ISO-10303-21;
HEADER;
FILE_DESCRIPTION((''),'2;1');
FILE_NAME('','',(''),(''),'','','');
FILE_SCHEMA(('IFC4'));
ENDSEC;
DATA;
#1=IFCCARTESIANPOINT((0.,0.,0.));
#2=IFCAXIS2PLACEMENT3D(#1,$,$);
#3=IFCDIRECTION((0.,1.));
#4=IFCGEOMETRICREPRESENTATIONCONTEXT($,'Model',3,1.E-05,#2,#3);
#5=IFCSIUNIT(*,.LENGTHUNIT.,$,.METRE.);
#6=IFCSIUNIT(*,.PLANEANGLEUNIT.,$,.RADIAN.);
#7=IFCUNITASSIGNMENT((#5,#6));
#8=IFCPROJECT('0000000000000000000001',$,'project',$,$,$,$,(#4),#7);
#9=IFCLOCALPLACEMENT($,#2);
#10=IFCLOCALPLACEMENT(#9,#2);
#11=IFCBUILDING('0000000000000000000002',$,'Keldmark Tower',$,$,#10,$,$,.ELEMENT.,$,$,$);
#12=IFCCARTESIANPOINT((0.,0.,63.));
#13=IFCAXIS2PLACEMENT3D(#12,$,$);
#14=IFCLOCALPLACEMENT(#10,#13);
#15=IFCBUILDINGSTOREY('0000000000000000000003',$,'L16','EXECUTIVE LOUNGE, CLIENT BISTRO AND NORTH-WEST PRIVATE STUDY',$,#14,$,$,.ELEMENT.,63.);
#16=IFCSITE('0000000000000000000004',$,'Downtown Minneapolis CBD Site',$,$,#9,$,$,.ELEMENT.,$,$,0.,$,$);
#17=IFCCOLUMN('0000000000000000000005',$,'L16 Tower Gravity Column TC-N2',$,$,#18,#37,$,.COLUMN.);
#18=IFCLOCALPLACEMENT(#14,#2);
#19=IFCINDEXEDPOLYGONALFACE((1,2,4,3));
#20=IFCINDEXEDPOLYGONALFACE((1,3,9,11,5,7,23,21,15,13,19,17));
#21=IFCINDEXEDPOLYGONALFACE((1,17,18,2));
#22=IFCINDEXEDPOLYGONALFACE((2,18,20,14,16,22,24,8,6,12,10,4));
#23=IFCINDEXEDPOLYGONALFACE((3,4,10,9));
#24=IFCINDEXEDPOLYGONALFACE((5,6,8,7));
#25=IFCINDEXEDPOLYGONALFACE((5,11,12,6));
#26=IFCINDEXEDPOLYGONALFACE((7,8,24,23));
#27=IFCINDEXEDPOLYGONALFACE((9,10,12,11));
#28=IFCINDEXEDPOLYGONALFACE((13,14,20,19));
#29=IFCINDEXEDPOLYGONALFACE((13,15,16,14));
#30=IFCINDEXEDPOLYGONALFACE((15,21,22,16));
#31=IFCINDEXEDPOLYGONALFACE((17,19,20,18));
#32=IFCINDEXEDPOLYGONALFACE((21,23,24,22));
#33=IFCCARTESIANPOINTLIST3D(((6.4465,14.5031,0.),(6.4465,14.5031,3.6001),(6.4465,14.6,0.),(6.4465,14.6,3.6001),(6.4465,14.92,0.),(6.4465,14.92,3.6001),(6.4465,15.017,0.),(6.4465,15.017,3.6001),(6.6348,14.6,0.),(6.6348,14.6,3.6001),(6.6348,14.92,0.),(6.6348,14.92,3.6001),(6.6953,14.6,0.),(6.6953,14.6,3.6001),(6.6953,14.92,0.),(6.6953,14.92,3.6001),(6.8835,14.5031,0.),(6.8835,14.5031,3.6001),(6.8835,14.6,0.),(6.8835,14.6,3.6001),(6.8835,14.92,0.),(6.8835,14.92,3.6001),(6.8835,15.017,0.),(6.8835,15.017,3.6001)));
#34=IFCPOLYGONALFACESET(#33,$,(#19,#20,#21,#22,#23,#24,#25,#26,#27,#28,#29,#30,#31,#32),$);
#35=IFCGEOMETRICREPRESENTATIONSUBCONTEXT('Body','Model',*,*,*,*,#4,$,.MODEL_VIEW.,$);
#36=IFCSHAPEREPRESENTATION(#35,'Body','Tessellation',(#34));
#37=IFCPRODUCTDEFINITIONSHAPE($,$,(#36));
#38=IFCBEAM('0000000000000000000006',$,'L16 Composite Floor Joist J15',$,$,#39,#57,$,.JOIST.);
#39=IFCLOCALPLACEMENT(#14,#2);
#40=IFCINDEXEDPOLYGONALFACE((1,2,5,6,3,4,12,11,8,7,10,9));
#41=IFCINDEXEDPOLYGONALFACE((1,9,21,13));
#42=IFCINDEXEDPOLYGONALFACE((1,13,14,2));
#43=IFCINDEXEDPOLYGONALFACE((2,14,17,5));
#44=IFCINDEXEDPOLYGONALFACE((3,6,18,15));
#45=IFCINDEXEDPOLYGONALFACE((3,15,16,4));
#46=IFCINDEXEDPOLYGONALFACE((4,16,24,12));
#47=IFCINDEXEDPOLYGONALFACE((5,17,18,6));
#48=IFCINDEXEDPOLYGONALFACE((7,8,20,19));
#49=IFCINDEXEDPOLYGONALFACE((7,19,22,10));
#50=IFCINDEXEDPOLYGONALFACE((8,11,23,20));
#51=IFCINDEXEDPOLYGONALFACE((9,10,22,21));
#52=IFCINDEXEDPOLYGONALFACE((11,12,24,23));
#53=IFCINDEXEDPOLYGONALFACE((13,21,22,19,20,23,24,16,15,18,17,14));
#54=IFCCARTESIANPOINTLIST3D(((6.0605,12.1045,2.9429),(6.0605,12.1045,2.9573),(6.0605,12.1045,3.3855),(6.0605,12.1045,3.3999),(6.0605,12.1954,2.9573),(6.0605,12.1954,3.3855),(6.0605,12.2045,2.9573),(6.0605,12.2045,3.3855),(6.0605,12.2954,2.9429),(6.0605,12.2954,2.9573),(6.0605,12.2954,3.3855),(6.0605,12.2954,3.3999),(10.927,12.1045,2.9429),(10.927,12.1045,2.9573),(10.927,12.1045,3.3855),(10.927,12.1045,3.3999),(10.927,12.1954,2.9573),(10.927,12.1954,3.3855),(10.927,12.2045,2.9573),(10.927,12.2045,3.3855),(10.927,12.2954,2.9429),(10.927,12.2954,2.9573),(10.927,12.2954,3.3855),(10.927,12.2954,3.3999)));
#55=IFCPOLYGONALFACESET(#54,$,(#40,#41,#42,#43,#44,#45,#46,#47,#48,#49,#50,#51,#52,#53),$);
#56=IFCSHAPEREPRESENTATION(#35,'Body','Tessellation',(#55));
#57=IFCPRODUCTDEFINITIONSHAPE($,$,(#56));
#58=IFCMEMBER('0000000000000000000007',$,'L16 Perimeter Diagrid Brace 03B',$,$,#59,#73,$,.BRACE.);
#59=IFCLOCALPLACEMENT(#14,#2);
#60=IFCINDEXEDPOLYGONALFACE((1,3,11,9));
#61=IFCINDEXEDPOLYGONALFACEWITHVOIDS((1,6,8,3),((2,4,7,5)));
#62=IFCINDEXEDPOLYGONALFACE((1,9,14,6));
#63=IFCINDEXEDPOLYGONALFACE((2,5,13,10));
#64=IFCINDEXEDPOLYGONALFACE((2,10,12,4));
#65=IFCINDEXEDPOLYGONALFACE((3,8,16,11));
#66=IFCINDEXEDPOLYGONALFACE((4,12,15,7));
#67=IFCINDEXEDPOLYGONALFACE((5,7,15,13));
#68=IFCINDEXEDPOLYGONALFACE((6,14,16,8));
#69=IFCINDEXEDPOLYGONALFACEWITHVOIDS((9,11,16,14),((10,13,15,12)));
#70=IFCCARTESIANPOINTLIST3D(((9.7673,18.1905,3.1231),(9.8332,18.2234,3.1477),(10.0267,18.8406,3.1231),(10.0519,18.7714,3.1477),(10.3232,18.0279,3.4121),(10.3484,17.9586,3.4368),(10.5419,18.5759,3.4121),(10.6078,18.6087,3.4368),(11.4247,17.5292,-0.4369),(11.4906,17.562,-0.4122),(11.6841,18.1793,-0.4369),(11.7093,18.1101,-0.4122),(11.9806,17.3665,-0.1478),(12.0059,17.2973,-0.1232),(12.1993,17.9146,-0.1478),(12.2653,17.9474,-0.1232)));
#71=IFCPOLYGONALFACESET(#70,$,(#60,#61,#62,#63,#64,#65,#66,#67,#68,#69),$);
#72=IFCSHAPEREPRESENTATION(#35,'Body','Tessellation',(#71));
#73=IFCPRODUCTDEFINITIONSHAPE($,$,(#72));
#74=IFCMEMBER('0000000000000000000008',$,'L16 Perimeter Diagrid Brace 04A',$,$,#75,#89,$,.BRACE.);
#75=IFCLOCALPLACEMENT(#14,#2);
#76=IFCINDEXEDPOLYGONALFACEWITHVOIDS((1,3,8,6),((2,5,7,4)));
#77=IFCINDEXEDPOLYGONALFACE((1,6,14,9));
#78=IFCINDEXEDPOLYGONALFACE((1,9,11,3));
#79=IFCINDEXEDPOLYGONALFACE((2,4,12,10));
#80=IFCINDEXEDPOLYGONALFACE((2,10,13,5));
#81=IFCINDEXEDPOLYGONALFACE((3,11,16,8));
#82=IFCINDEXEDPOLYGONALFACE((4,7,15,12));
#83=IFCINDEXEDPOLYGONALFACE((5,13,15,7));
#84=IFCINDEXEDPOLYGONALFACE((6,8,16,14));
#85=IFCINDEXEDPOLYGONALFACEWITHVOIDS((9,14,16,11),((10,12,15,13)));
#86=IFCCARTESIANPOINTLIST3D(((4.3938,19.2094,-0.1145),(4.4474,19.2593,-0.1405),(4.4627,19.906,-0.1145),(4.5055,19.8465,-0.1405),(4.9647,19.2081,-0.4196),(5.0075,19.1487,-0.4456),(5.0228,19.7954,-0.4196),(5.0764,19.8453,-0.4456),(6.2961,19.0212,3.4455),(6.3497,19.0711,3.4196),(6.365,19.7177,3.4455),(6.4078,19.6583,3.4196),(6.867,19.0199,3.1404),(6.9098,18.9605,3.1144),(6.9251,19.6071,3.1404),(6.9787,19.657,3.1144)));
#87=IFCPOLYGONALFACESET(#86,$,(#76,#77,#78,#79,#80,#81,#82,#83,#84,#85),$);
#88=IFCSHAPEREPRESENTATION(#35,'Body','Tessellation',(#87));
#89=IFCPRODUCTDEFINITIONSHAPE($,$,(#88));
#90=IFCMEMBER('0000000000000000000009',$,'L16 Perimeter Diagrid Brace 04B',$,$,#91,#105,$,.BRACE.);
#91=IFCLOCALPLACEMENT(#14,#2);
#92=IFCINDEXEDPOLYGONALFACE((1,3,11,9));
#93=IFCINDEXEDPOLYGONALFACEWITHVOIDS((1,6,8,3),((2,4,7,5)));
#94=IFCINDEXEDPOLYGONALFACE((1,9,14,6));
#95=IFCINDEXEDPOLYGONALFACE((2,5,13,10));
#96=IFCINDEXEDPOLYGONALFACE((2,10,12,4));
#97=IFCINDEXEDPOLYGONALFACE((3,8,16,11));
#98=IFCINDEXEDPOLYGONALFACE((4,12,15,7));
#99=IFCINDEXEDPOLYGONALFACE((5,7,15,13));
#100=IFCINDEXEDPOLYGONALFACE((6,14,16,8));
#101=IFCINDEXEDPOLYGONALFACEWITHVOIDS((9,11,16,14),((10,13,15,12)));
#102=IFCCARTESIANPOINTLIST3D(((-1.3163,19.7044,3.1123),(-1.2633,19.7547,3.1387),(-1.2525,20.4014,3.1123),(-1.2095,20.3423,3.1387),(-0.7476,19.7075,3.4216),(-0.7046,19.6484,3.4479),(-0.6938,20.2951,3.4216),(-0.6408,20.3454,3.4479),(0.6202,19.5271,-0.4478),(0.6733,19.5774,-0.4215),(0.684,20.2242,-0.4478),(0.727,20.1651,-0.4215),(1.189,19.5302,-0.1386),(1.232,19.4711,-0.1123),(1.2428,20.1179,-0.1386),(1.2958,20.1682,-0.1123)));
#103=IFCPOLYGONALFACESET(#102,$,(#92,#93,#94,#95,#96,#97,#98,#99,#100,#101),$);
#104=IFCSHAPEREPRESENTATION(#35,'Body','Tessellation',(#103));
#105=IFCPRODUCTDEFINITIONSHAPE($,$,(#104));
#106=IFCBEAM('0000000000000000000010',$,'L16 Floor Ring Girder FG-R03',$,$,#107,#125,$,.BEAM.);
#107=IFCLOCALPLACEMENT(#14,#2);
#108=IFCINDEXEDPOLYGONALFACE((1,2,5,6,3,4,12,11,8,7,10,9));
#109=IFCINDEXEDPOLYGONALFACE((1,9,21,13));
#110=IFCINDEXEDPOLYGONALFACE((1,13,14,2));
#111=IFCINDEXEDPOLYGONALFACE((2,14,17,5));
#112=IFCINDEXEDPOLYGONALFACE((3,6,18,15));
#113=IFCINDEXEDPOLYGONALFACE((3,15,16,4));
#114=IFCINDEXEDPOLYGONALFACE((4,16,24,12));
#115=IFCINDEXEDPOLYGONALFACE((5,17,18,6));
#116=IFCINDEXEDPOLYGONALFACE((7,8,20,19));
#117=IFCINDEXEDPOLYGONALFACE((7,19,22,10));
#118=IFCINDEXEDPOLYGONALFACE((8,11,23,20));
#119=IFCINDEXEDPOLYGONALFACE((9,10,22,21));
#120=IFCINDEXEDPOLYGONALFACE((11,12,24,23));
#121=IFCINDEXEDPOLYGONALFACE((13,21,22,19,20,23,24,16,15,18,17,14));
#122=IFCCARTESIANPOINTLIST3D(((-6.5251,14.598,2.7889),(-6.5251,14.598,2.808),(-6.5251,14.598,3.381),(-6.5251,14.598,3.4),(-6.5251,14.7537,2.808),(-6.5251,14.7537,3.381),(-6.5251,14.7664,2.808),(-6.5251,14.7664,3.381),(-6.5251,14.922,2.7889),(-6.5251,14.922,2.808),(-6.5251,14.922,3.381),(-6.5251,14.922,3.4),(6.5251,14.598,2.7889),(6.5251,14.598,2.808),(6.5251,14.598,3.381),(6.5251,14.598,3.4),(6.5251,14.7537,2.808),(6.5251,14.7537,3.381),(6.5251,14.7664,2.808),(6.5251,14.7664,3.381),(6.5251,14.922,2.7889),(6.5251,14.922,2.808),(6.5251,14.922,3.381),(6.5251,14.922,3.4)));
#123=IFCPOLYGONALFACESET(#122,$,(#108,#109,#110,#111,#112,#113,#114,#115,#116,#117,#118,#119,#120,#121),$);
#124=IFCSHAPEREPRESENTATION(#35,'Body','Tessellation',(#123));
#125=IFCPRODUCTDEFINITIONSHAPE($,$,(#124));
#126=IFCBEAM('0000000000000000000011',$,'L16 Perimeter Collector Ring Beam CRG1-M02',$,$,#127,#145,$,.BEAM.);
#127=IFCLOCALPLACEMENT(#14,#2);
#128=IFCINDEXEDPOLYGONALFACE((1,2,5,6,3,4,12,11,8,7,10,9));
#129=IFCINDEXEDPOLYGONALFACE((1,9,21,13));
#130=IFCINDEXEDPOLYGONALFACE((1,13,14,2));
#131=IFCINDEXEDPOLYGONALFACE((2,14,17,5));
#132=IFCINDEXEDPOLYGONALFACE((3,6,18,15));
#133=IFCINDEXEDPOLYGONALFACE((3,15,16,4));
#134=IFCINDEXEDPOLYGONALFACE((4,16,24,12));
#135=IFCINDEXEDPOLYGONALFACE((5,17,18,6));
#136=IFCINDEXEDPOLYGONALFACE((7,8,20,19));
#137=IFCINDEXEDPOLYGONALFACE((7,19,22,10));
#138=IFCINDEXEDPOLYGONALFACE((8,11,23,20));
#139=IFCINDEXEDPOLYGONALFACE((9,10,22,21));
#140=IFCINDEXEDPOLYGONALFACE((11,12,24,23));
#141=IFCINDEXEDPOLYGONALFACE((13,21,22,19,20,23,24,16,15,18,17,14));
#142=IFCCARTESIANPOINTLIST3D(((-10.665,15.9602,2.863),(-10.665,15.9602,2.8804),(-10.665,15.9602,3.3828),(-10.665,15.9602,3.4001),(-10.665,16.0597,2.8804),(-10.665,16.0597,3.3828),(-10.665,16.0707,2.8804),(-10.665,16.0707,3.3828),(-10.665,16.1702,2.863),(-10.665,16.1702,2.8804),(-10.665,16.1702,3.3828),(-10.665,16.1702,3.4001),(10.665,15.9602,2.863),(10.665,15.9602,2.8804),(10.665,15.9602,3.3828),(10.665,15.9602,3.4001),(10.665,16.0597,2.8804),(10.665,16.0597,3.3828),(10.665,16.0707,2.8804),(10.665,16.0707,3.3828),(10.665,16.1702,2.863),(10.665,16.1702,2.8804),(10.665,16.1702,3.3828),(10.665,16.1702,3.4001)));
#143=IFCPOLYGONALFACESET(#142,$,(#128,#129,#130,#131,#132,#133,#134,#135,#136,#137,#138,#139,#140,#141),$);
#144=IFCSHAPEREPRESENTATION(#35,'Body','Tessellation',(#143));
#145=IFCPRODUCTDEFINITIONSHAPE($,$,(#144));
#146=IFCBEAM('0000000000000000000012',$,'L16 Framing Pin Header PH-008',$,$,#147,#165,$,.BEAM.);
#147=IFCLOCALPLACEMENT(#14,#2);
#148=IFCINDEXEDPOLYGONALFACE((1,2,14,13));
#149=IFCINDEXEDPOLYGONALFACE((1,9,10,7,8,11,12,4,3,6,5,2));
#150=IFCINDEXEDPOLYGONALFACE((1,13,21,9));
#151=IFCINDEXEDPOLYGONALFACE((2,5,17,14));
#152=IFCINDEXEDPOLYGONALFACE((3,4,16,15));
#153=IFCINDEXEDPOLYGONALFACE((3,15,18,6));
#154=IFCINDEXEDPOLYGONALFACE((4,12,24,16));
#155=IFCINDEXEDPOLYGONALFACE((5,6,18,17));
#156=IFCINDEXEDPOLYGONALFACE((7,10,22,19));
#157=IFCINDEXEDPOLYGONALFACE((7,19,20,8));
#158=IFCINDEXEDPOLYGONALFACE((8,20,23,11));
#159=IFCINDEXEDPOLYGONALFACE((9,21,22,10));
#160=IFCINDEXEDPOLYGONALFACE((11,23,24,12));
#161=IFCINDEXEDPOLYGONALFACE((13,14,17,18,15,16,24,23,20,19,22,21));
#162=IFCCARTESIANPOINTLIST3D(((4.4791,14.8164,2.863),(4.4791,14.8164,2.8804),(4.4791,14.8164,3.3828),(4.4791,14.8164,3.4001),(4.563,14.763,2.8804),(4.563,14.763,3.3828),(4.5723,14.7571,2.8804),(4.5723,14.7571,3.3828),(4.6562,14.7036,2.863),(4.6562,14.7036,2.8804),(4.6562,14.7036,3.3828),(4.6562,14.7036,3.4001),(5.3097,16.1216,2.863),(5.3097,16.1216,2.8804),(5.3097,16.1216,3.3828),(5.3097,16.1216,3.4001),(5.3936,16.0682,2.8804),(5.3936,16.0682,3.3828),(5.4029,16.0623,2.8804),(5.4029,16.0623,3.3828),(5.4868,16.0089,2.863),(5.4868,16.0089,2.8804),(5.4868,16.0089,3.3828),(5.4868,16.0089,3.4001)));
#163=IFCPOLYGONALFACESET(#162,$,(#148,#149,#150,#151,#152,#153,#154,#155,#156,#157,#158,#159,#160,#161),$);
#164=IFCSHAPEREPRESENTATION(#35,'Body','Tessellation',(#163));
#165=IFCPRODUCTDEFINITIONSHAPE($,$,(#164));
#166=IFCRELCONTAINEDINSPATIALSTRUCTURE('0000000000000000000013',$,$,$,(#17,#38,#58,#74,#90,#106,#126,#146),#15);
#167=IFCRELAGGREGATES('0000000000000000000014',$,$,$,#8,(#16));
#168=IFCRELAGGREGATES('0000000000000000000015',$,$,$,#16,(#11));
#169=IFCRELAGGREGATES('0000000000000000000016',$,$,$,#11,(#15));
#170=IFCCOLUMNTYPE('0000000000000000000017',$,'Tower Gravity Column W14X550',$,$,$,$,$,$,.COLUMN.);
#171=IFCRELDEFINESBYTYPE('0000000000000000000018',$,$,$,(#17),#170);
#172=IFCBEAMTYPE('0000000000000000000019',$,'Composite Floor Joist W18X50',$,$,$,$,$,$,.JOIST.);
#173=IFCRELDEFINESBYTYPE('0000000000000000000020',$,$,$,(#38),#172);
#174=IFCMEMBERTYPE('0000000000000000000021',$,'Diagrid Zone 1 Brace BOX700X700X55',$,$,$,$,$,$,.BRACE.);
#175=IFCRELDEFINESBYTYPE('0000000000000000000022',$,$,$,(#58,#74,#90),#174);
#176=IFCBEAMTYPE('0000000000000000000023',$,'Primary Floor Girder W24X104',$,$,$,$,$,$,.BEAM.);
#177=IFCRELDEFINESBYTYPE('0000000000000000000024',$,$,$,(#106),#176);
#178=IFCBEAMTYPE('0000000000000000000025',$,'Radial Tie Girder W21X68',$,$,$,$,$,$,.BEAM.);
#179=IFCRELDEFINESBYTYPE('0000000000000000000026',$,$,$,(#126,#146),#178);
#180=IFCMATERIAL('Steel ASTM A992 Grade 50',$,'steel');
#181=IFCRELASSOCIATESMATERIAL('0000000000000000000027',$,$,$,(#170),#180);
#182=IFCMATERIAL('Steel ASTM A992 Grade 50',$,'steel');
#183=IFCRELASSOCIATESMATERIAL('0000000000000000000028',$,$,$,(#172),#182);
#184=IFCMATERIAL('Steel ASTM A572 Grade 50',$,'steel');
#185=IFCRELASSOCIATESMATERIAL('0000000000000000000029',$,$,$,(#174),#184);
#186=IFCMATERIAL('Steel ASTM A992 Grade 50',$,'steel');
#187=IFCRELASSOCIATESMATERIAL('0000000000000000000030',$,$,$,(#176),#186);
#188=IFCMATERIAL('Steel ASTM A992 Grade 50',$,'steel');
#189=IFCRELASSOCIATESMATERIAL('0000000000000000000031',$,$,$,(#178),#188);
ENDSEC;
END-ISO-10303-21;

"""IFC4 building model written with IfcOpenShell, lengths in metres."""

from ifc_helpers import new_model, si_unit, direction, frame, origin, origin_2d, place, context, subcontext, project, spatial, hollow_rectangle, i_section, extrude, material, material_profile, profile_set, type_object, element, save


model = new_model("IFC4")

# Units and contexts
model_context = context("Model", 3, precision=1e-05, world=origin(), true_north=direction((0.0, 1.0)))
body_context = subcontext(model_context, "Body", "Model", "MODEL_VIEW")
ifc_project = project(units=[si_unit("LENGTHUNIT", "METRE"), si_unit("PLANEANGLEUNIT", "RADIAN")], contexts=[model_context])

# Site, building, storey
site_placement = place(None, origin())
site = spatial("IfcSite", under=ifc_project, at=site_placement, Name="Downtown Minneapolis CBD Site", CompositionType="ELEMENT", RefElevation=0.0)
building_placement = place(site_placement, origin())
building = spatial("IfcBuilding", under=site, at=building_placement, Name="Keldmark Tower", CompositionType="ELEMENT")
storey_placement = place(building_placement, frame((0.0, 0.0, 63.0)))
storey = spatial("IfcBuildingStorey", under=building, at=storey_placement, Name="L16", Description="EXECUTIVE LOUNGE, CLIENT BISTRO AND NORTH-WEST PRIVATE STUDY", CompositionType="ELEMENT", Elevation=63.0)

# Column
ifc_material_1 = material(Name="Steel ASTM A992 Grade 50", Category="steel")
ifc_material_profile_1 = material_profile(ifc_material_1, i_section(OverallWidth=0.437, OverallDepth=0.5139, WebThickness=0.0605, FlangeThickness=0.0969, at=origin_2d()), Name="W14X550")
ifc_profile_set_1 = profile_set([ifc_material_profile_1], Name="Steel ASTM A992 Grade 50")
column_type = type_object("IfcColumnType", Name="Tower Gravity Column W14X550", PredefinedType="COLUMN", material=ifc_profile_set_1)
column_placement = place(storey_placement, frame((6.665, 14.76, 0.0), z_axis=(0.0, 0.0, 1.0), x_axis=(1.0, 0.0, 0.0)))
element("IfcColumn", 1, at=column_placement, inside=storey, type_object=column_type, Name="L16 Tower Gravity Column TC-N2", PredefinedType="COLUMN", context=body_context, shape_type="SweptSolid", body=[
    extrude(i_section(OverallWidth=0.437, OverallDepth=0.5139, WebThickness=0.0605, FlangeThickness=0.0969, at=origin_2d()), origin(), (0.0, 0.0, 1.0), 3.6001),
])

# Beam
ifc_material_2 = material(Name="Steel ASTM A992 Grade 50", Category="steel")
ifc_material_profile_2 = material_profile(ifc_material_2, i_section(OverallWidth=0.1909, OverallDepth=0.457, WebThickness=0.009, FlangeThickness=0.0144, at=origin_2d()), Name="W18X50")
ifc_profile_set_2 = profile_set([ifc_material_profile_2], Name="Steel ASTM A992 Grade 50")
beam_type_1 = type_object("IfcBeamType", Name="Composite Floor Joist W18X50", PredefinedType="JOIST", material=ifc_profile_set_2)
beam_1_placement = place(storey_placement, frame((6.0605, 12.2, 3.1714), z_axis=(1.0, 0.0, 0.0), x_axis=(0.0, 1.0, 0.0)))
element("IfcBeam", 2, at=beam_1_placement, inside=storey, type_object=beam_type_1, Name="L16 Composite Floor Joist J15", PredefinedType="JOIST", context=body_context, shape_type="SweptSolid", body=[
    extrude(i_section(OverallWidth=0.1909, OverallDepth=0.457, WebThickness=0.009, FlangeThickness=0.0144, at=origin_2d()), origin(), (0.0, 0.0, 1.0), 4.8665),
])

# Members
ifc_material_3 = material(Name="Steel ASTM A572 Grade 50", Category="steel")
ifc_material_profile_3 = material_profile(ifc_material_3, hollow_rectangle(XDim=0.7, YDim=0.7, WallThickness=0.0549, at=origin_2d()), Name="BOX700X700X55")
ifc_profile_set_3 = profile_set([ifc_material_profile_3], Name="Steel ASTM A572 Grade 50")
member_type = type_object("IfcMemberType", Name="Diagrid Zone 1 Brace BOX700X700X55", PredefinedType="BRACE", material=ifc_profile_set_3)
member_1_placement = place(storey_placement, frame((11.845, 17.7383, -0.28), z_axis=(-0.41621, 0.166079, 0.893972), x_axis=(-0.370612, -0.928788, 0.0)))
element("IfcMember", 3, at=member_1_placement, inside=storey, type_object=member_type, Name="L16 Perimeter Diagrid Brace 03B", PredefinedType="BRACE", context=body_context, shape_type="SweptSolid", body=[
    extrude(hollow_rectangle(XDim=0.7, YDim=0.7, WallThickness=0.0549, at=origin_2d()), origin(), (0.0, 0.0, 1.0), 3.9822),
])
member_2_placement = place(storey_placement, frame((4.7351, 19.5273, -0.28), z_axis=(0.47078, -0.046583, 0.88102), x_axis=(0.098467, 0.99514, 0.0)))
element("IfcMember", 4, at=member_2_placement, inside=storey, type_object=member_type, Name="L16 Perimeter Diagrid Brace 04A", PredefinedType="BRACE", context=body_context, shape_type="SweptSolid", body=[
    extrude(hollow_rectangle(XDim=0.7, YDim=0.7, WallThickness=0.0549, at=origin_2d()), origin(), (0.0, 0.0, 1.0), 4.0408),
])
member_3_placement = place(storey_placement, frame((0.958, 19.8477, -0.28), z_axis=(-0.477382, 0.043694, 0.877609), x_axis=(-0.091147, -0.995837, 0.0)))
element("IfcMember", 5, at=member_3_placement, inside=storey, type_object=member_type, Name="L16 Perimeter Diagrid Brace 04B", PredefinedType="BRACE", context=body_context, shape_type="SweptSolid", body=[
    extrude(hollow_rectangle(XDim=0.7, YDim=0.7, WallThickness=0.0549, at=origin_2d()), origin(), (0.0, 0.0, 1.0), 4.0566),
])

# Beams
ifc_material_4 = material(Name="Steel ASTM A992 Grade 50", Category="steel")
ifc_material_profile_4 = material_profile(ifc_material_4, i_section(OverallWidth=0.324, OverallDepth=0.6111, WebThickness=0.0127, FlangeThickness=0.019, at=origin_2d()), Name="W24X104")
ifc_profile_set_4 = profile_set([ifc_material_profile_4], Name="Steel ASTM A992 Grade 50")
beam_type_2 = type_object("IfcBeamType", Name="Primary Floor Girder W24X104", PredefinedType="BEAM", material=ifc_profile_set_4)
beam_2_placement = place(storey_placement, frame((6.5251, 14.76, 3.0945), z_axis=(-1.0, 0.0, 0.0), x_axis=(0.0, -1.0, 0.0)))
element("IfcBeam", 6, at=beam_2_placement, inside=storey, type_object=beam_type_2, Name="L16 Floor Ring Girder FG-R03", PredefinedType="BEAM", context=body_context, shape_type="SweptSolid", body=[
    extrude(i_section(OverallWidth=0.324, OverallDepth=0.6111, WebThickness=0.0127, FlangeThickness=0.019, at=origin_2d()), origin(), (0.0, 0.0, 1.0), 13.0503),
])
ifc_material_5 = material(Name="Steel ASTM A992 Grade 50", Category="steel")
ifc_material_profile_5 = material_profile(ifc_material_5, i_section(OverallWidth=0.21, OverallDepth=0.5371, WebThickness=0.011, FlangeThickness=0.0173, at=origin_2d()), Name="W21X68")
ifc_profile_set_5 = profile_set([ifc_material_profile_5], Name="Steel ASTM A992 Grade 50")
beam_type_3 = type_object("IfcBeamType", Name="Radial Tie Girder W21X68", PredefinedType="BEAM", material=ifc_profile_set_5)
beam_3_placement = place(storey_placement, frame((10.665, 16.0652, 3.1316), z_axis=(-1.0, 0.0, 0.0), x_axis=(0.0, -1.0, 0.0)))
element("IfcBeam", 7, at=beam_3_placement, inside=storey, type_object=beam_type_3, Name="L16 Perimeter Collector Ring Beam CRG1-M02", PredefinedType="BEAM", context=body_context, shape_type="SweptSolid", body=[
    extrude(i_section(OverallWidth=0.21, OverallDepth=0.5371, WebThickness=0.011, FlangeThickness=0.0173, at=origin_2d()), origin(), (0.0, 0.0, 1.0), 21.3301),
])
beam_4_placement = place(storey_placement, frame((4.5676, 14.76, 3.1316), z_axis=(0.536875, 0.843661, 0.0), x_axis=(-0.843661, 0.536875, 0.0)))
element("IfcBeam", 8, at=beam_4_placement, inside=storey, type_object=beam_type_3, Name="L16 Framing Pin Header PH-008", PredefinedType="BEAM", context=body_context, shape_type="SweptSolid", body=[
    extrude(i_section(OverallWidth=0.21, OverallDepth=0.5371, WebThickness=0.011, FlangeThickness=0.0173, at=origin_2d()), origin(), (0.0, 0.0, 1.0), 1.5471),
])

save(model, "model.ifc")
